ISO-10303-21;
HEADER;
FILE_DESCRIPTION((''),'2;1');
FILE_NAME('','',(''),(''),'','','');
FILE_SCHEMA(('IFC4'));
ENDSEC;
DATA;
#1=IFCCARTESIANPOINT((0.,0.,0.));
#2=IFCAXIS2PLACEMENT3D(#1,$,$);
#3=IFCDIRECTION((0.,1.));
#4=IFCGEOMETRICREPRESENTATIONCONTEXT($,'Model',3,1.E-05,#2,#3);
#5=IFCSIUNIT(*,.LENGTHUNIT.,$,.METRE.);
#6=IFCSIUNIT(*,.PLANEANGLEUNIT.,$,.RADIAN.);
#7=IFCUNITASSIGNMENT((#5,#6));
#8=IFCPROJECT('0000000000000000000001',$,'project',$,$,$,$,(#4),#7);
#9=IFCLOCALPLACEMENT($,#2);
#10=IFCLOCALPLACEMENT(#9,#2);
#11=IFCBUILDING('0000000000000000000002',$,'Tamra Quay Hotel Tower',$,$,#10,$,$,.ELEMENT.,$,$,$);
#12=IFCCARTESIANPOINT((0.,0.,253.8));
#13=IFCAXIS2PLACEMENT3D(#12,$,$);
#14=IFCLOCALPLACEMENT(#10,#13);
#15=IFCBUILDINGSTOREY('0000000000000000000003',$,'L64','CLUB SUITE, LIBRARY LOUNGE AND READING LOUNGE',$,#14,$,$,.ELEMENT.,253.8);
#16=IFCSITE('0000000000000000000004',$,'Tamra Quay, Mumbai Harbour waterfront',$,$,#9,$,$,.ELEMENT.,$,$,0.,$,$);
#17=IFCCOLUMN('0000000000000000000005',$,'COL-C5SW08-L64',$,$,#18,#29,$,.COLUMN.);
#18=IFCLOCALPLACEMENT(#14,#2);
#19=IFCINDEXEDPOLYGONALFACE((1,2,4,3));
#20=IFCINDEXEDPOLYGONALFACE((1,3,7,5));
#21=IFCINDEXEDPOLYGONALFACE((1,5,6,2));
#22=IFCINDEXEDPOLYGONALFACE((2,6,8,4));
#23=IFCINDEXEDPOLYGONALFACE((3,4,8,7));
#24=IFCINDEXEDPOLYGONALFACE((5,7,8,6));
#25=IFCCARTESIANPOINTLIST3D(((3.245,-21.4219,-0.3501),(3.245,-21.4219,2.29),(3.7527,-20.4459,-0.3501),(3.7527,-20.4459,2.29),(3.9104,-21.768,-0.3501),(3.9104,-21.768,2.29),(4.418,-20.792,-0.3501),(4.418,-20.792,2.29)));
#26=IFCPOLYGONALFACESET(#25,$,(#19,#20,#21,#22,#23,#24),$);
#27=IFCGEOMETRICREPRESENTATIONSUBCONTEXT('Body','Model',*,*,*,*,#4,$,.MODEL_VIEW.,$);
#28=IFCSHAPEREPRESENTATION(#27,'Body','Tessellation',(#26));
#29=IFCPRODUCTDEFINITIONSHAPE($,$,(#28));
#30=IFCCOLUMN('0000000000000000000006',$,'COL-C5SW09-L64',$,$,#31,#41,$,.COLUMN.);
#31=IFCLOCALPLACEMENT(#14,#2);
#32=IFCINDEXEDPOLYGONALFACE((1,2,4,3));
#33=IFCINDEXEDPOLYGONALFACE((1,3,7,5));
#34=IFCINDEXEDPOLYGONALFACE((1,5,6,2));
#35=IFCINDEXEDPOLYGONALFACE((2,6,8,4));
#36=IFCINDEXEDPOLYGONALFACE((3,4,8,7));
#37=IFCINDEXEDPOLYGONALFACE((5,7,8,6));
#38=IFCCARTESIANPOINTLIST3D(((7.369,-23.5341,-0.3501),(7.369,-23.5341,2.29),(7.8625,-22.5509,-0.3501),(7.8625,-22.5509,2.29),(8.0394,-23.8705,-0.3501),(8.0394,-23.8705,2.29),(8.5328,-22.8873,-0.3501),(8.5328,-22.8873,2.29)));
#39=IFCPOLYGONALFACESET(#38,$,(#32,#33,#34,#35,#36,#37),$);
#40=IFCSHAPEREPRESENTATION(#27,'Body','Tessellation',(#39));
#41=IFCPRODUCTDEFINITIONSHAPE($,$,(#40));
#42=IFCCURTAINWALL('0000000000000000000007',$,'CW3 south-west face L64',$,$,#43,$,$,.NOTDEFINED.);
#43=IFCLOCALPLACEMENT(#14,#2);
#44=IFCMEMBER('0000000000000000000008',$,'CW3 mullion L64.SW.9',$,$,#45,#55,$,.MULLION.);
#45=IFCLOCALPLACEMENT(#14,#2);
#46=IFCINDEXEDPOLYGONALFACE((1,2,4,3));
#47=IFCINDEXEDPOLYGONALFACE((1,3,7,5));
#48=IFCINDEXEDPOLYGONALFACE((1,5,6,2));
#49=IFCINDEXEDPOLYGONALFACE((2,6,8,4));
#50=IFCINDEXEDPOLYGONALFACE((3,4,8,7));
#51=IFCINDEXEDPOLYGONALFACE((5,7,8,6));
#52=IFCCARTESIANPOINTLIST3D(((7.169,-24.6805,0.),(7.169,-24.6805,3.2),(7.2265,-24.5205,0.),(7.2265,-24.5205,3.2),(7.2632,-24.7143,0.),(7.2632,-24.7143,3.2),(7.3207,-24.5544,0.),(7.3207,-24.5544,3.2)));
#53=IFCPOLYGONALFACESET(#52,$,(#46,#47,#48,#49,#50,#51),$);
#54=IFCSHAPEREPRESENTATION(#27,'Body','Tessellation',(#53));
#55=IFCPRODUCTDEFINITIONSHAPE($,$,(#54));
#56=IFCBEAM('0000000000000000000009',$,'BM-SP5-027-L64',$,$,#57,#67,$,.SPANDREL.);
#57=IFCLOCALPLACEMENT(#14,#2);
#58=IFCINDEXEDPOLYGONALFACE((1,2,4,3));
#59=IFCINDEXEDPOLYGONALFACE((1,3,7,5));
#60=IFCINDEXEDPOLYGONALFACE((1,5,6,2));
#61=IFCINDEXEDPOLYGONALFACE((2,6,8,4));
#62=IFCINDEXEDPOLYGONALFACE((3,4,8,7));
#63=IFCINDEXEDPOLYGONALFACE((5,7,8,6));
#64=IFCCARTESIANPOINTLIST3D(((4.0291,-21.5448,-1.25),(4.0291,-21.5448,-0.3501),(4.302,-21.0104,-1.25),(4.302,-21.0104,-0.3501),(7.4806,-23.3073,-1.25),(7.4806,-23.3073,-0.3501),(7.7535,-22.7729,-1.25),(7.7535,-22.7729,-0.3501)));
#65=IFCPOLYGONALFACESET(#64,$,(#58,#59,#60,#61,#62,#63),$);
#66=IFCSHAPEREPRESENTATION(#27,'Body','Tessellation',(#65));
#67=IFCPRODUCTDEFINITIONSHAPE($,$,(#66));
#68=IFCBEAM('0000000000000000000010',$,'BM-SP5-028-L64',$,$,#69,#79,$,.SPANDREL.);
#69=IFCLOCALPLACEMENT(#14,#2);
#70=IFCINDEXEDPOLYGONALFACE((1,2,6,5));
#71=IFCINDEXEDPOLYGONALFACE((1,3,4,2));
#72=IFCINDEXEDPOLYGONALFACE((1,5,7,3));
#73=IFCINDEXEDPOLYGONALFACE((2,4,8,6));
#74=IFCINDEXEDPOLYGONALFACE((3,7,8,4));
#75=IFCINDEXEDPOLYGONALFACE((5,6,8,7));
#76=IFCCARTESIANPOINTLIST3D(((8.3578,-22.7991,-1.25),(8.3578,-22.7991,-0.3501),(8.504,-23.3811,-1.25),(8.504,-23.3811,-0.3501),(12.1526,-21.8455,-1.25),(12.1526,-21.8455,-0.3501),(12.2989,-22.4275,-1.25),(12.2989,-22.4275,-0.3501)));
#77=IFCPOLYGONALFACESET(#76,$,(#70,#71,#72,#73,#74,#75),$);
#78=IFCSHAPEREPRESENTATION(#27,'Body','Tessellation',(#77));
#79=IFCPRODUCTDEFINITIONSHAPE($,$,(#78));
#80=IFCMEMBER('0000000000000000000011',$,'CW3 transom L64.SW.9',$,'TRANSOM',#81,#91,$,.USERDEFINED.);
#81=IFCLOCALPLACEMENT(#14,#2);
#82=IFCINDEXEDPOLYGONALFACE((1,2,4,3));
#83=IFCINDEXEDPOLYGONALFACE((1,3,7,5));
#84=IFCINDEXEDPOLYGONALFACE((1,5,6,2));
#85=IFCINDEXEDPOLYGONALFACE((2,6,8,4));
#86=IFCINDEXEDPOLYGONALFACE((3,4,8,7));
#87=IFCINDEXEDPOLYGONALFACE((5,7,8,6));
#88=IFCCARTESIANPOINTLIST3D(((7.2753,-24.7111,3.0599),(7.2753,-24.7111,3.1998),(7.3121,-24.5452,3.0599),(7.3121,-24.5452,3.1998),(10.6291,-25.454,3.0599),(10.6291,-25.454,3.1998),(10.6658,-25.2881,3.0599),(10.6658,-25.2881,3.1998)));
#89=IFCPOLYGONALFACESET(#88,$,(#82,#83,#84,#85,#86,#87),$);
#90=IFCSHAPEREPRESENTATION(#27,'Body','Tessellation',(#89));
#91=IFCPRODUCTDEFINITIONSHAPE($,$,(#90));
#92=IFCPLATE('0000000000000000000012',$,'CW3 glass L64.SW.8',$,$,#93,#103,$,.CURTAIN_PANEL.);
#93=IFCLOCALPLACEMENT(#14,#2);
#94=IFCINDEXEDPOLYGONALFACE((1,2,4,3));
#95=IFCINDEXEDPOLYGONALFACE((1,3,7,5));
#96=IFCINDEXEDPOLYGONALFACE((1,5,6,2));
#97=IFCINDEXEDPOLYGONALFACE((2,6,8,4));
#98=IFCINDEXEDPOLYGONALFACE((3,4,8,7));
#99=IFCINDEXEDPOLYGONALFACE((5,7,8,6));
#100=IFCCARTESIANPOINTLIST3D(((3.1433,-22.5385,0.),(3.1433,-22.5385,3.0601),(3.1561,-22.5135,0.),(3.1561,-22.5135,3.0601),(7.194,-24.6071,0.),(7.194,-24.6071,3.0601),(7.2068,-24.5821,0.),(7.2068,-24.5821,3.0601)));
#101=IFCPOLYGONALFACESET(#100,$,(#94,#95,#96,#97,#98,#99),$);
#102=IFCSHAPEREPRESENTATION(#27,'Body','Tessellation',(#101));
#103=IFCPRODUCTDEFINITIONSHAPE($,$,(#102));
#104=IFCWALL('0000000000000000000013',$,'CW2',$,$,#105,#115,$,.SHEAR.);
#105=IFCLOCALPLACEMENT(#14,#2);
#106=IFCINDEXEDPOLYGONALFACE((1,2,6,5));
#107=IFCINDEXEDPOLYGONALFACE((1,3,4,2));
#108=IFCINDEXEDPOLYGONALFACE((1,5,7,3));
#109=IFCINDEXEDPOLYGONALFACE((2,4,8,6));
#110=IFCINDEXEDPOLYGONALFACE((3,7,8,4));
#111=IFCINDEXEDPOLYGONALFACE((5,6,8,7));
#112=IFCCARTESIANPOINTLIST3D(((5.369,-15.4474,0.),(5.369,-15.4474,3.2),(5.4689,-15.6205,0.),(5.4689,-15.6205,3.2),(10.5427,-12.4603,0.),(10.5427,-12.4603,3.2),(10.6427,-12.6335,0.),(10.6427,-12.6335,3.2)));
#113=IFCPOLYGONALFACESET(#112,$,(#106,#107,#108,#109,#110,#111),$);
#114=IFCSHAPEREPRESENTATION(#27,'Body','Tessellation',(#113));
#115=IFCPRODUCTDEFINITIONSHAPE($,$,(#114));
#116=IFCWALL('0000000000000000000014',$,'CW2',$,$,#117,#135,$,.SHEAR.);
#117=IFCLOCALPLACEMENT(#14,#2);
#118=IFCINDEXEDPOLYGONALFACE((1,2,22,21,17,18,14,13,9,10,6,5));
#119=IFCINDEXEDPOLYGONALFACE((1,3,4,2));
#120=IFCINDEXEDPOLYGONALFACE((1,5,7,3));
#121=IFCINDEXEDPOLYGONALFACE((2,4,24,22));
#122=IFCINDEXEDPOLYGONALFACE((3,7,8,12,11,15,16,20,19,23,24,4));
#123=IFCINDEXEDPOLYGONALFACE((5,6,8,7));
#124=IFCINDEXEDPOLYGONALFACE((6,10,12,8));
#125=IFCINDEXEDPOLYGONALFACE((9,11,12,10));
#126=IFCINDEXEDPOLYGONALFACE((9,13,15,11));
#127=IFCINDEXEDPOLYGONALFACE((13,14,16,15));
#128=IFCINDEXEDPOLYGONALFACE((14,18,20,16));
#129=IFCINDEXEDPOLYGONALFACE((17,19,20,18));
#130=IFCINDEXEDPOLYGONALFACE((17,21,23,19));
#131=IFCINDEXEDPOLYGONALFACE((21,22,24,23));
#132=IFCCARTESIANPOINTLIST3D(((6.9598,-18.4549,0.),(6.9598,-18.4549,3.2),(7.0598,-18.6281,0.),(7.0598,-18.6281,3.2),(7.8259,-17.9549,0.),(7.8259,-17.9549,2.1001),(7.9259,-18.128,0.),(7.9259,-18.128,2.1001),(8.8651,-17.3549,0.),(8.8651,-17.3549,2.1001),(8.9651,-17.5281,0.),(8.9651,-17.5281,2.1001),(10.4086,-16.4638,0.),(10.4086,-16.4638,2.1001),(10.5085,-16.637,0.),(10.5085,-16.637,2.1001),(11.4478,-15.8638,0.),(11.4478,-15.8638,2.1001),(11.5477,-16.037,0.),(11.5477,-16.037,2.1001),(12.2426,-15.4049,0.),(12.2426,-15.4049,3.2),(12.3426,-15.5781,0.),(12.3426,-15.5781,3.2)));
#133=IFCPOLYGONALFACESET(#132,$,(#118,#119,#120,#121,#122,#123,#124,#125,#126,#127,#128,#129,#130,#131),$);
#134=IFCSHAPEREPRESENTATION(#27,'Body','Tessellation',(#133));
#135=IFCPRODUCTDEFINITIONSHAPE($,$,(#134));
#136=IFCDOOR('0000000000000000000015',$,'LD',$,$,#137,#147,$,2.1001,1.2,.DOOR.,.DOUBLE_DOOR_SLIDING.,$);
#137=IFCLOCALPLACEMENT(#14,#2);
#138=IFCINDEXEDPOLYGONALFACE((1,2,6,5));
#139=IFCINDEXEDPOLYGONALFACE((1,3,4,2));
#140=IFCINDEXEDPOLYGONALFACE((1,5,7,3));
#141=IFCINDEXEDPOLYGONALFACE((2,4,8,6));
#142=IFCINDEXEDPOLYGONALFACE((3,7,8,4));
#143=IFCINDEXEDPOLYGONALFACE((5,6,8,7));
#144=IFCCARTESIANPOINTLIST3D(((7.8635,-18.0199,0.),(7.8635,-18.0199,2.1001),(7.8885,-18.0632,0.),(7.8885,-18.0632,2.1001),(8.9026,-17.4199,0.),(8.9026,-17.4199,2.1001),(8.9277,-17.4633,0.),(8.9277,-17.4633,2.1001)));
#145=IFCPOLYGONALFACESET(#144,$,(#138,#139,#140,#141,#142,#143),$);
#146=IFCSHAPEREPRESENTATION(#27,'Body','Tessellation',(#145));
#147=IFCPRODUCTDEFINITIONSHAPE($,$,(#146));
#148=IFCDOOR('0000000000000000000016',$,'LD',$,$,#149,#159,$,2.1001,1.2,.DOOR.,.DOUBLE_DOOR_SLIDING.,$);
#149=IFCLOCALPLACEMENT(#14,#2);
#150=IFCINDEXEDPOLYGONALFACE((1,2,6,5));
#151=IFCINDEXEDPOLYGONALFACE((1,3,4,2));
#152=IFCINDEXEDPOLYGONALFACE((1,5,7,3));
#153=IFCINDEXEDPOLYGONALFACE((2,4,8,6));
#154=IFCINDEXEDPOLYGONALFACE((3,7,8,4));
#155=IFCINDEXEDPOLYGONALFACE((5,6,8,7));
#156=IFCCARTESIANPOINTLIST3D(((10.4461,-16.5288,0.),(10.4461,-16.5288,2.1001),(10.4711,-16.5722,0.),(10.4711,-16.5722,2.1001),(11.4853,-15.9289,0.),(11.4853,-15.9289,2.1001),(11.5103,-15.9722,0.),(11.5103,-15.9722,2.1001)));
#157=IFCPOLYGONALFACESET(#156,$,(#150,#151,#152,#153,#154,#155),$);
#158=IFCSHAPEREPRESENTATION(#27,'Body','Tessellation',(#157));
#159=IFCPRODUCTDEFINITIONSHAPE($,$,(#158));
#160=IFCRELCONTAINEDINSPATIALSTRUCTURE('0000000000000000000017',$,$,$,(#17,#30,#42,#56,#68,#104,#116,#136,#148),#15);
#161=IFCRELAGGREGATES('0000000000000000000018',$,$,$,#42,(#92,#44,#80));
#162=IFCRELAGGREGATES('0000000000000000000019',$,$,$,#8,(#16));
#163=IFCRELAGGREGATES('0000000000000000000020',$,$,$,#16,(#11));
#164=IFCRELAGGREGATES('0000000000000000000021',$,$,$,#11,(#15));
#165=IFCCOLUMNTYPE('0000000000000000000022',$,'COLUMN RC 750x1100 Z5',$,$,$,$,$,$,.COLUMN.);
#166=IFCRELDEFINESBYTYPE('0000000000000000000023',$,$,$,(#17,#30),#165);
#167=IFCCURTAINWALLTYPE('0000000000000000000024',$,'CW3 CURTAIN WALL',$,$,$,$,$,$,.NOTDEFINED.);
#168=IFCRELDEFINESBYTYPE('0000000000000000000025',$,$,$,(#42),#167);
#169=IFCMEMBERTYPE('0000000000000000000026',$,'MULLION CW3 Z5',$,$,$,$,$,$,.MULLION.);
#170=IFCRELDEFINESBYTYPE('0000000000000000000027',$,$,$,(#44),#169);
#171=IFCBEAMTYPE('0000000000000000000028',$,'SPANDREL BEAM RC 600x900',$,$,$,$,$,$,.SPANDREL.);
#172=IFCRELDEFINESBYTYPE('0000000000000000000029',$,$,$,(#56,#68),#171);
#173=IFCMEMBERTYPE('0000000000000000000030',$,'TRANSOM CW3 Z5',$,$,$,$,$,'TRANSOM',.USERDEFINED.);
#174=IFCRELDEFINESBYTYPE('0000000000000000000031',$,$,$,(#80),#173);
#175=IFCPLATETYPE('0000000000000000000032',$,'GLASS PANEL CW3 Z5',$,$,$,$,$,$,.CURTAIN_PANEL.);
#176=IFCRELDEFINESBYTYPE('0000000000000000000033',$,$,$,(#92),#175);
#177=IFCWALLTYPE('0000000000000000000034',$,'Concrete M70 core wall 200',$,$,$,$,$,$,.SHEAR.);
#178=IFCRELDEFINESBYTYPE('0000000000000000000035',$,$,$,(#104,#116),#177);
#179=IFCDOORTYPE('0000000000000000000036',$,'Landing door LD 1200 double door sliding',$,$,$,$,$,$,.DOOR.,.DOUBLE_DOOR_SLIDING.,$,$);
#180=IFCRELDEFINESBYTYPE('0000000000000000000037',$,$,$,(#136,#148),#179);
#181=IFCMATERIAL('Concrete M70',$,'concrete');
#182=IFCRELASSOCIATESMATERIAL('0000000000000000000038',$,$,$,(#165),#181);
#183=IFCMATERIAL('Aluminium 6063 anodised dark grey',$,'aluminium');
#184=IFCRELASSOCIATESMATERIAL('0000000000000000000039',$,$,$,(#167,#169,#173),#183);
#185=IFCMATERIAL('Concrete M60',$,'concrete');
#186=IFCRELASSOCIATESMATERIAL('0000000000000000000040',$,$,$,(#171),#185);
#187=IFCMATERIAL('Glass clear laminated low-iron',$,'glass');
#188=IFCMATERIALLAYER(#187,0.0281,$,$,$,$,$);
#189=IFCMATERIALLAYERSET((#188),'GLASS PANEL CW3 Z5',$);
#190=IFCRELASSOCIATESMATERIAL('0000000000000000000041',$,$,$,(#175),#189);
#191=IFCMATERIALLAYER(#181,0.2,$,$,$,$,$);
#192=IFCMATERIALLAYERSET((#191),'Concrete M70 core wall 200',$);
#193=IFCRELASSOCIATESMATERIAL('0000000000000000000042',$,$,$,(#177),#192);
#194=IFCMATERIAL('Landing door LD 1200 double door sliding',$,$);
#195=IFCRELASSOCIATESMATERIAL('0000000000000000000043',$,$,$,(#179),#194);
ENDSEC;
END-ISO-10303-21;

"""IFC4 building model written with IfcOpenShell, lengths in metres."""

from ifc_helpers import new_model, si_unit, direction, frame, frame_2d, origin, origin_2d, place, context, subcontext, project, spatial, rectangle, extrude, material, layer, layer_set, material_profile, profile_set, type_object, element, fill, aggregate, save


model = new_model("IFC4")

# Units and contexts
model_context = context("Model", 3, precision=1e-05, world=origin(), true_north=direction((0.0, 1.0)))
body_context = subcontext(model_context, "Body", "Model", "MODEL_VIEW")
ifc_project = project(units=[si_unit("LENGTHUNIT", "METRE"), si_unit("PLANEANGLEUNIT", "RADIAN")], contexts=[model_context])

# Site, building, storey
site_placement = place(None, origin())
site = spatial("IfcSite", under=ifc_project, at=site_placement, Name="Tamra Quay, Mumbai Harbour waterfront", CompositionType="ELEMENT", RefElevation=0.0)
building_placement = place(site_placement, origin())
building = spatial("IfcBuilding", under=site, at=building_placement, Name="Tamra Quay Hotel Tower", CompositionType="ELEMENT")
storey_placement = place(building_placement, frame((0.0, 0.0, 253.8)))
storey = spatial("IfcBuildingStorey", under=building, at=storey_placement, Name="L64", Description="CLUB SUITE, LIBRARY LOUNGE AND READING LOUNGE", CompositionType="ELEMENT", Elevation=253.8)

# Columns
ifc_material_1 = material(Name="Concrete M70", Category="concrete")
ifc_material_profile_1 = material_profile(ifc_material_1, rectangle(XDim=1.1001, YDim=0.75, at=origin_2d()), Name="COLUMN RC 750x1100 Z5")
ifc_profile_set_1 = profile_set([ifc_material_profile_1], Name="Concrete M70")
column_type = type_object("IfcColumnType", Name="COLUMN RC 750x1100 Z5", PredefinedType="COLUMN", material=ifc_profile_set_1)
for number, where, z_axis, x_axis, name in (
    (1, (3.8315, -21.1069, -0.3501), (0.0, 0.0, 1.0), (0.461448, 0.887167, 0.0), "COL-C5SW08-L64"),
    (2, (7.9509, -23.2107, -0.3501), (0.0, 0.0, 1.0), (0.448553, 0.893756, 0.0), "COL-C5SW09-L64"),
):
    element("IfcColumn", number, at=place(storey_placement, frame(where, z_axis=z_axis, x_axis=x_axis)), inside=storey, type_object=column_type, Name=name, PredefinedType="COLUMN", context=body_context, shape_type="SweptSolid", body=[
        extrude(rectangle(XDim=1.1001, YDim=0.75, at=origin_2d()), origin(), (0.0, 0.0, 1.0), 2.6401),
    ])

# Curtain wall, member
ifc_material_2 = material(Name="Aluminium 6063 anodised dark grey", Category="aluminium")
curtain_wall_type = type_object("IfcCurtainWallType", Name="CW3 CURTAIN WALL", PredefinedType="NOTDEFINED", material=ifc_material_2)
curtain_wall_placement = place(storey_placement, origin())
curtain_wall = element("IfcCurtainWall", 3, at=curtain_wall_placement, inside=storey, type_object=curtain_wall_type, Name="CW3 south-west face L64", PredefinedType="NOTDEFINED")
ifc_material_profile_2 = material_profile(ifc_material_2, rectangle(XDim=0.1699, YDim=0.1001, at=origin_2d()), Name="MULLION 100X170")
ifc_profile_set_2 = profile_set([ifc_material_profile_2], Name="Aluminium 6063 anodised dark grey")
member_type_1 = type_object("IfcMemberType", Name="MULLION CW3 Z5", PredefinedType="MULLION", material=ifc_profile_set_2)
member_1_placement = place(storey_placement, frame((7.2449, -24.6174, 0.0), z_axis=(0.0, 0.0, 1.0), x_axis=(-0.338259, -0.941053, 0.0)))
member_1 = element("IfcMember", 4, at=member_1_placement, type_object=member_type_1, Name="CW3 mullion L64.SW.9", PredefinedType="MULLION", context=body_context, shape_type="SweptSolid", body=[
    extrude(rectangle(XDim=0.1699, YDim=0.1001, at=origin_2d()), origin(), (0.0, 0.0, 1.0), 3.2),
])

# Beams
ifc_material_3 = material(Name="Concrete M60", Category="concrete")
ifc_material_profile_3 = material_profile(ifc_material_3, rectangle(XDim=0.6001, YDim=0.8999, at=origin_2d()), Name="SPANDREL BEAM RC 600x900")
ifc_profile_set_3 = profile_set([ifc_material_profile_3], Name="Concrete M60")
beam_type = type_object("IfcBeamType", Name="SPANDREL BEAM RC 600x900", PredefinedType="SPANDREL", material=ifc_profile_set_3)
beam_1_placement = place(storey_placement, frame((4.1655, -21.2776, -0.8), z_axis=(0.890603, -0.454782, 0.0), x_axis=(0.454782, 0.890603, 0.0)))
element("IfcBeam", 5, at=beam_1_placement, inside=storey, type_object=beam_type, Name="BM-SP5-027-L64", PredefinedType="SPANDREL", context=body_context, shape_type="SweptSolid", body=[
    extrude(rectangle(XDim=0.6001, YDim=0.8999, at=origin_2d()), origin(), (0.0, 0.0, 1.0), 3.8755),
])
beam_2_placement = place(storey_placement, frame((8.4309, -23.0901, -0.8), z_axis=(0.969848, 0.24371, 0.0), x_axis=(-0.24371, 0.969848, 0.0)))
element("IfcBeam", 6, at=beam_2_placement, inside=storey, type_object=beam_type, Name="BM-SP5-028-L64", PredefinedType="SPANDREL", context=body_context, shape_type="SweptSolid", body=[
    extrude(rectangle(XDim=0.6001, YDim=0.8999, at=origin_2d()), origin(), (0.0, 0.0, 1.0), 3.9128),
])

# Member
ifc_material_profile_4 = material_profile(ifc_material_2, rectangle(XDim=0.1699, YDim=0.1399, at=origin_2d()), Name="TRANSOM 170X140")
ifc_profile_set_4 = profile_set([ifc_material_profile_4], Name="Aluminium 6063 anodised dark grey")
member_type_2 = type_object("IfcMemberType", Name="TRANSOM CW3 Z5", ElementType="TRANSOM", PredefinedType="USERDEFINED", material=ifc_profile_set_4)
member_2_placement = place(storey_placement, frame((7.2937, -24.6282, 3.1299), z_axis=(0.976332, -0.216276, 0.0), x_axis=(0.216276, 0.976332, 0.0)))
member_2 = element("IfcMember", 7, at=member_2_placement, type_object=member_type_2, Name="CW3 transom L64.SW.9", ObjectType="TRANSOM", PredefinedType="USERDEFINED", context=body_context, shape_type="SweptSolid", body=[
    extrude(rectangle(XDim=0.1699, YDim=0.1399, at=origin_2d()), origin(), (0.0, 0.0, 1.0), 3.4351),
])

# Plate
ifc_material_4 = material(Name="Glass clear laminated low-iron", Category="glass")
ifc_layer_1 = layer(ifc_material_4, 0.0281)
ifc_layer_set_1 = layer_set([ifc_layer_1], Name="GLASS PANEL CW3 Z5")
plate_type = type_object("IfcPlateType", Name="GLASS PANEL CW3 Z5", PredefinedType="CURTAIN_PANEL", material=ifc_layer_set_1)
plate_placement = place(storey_placement, frame((5.175, -23.5603, 0.0), z_axis=(0.0, 0.0, 1.0), x_axis=(0.890582, -0.454822, 0.0)))
plate = element("IfcPlate", 8, at=plate_placement, type_object=plate_type, Name="CW3 glass L64.SW.8", PredefinedType="CURTAIN_PANEL", context=body_context, shape_type="SweptSolid", body=[
    extrude(rectangle(XDim=4.5483, YDim=0.0281, at=origin_2d()), origin(), (0.0, 0.0, 1.0), 3.0601),
])
aggregate(curtain_wall, [plate, member_1, member_2])

# Wall
ifc_layer_2 = layer(ifc_material_1, 0.2)
ifc_layer_set_2 = layer_set([ifc_layer_2], Name="Concrete M70 core wall 200")
wall_type_1 = type_object("IfcWallType", Name="Concrete M70 core wall 200", PredefinedType="SHEAR", material=ifc_layer_set_2)
wall_1_placement = place(storey_placement, frame((5.4189, -15.5339, 0.0), z_axis=(0.0, 0.0, 1.0), x_axis=(0.866029, 0.499994, 0.0)))
element("IfcWall", 9, at=wall_1_placement, inside=storey, type_object=wall_type_1, Name="CW2", PredefinedType="SHEAR", context=body_context, shape_type="SweptSolid", body=[
    extrude(rectangle(XDim=5.9741, YDim=0.2, at=frame_2d((2.9871, 0.0))), origin(), (0.0, 0.0, 1.0), 3.2),
])

# Wall, openings, doors
wall_2_placement = place(storey_placement, frame((7.0098, -18.5415, 0.0), z_axis=(0.0, 0.0, 1.0), x_axis=(0.86603, 0.499992, 0.0)))
wall_2 = element("IfcWall", 10, at=wall_2_placement, inside=storey, type_object=wall_type_1, Name="CW2", PredefinedType="SHEAR", context=body_context, shape_type="SweptSolid", body=[
    extrude(rectangle(XDim=6.1001, YDim=0.2, at=frame_2d((3.05, 0.0))), origin(), (0.0, 0.0, 1.0), 3.2),
])
opening_1_placement = place(wall_2_placement, frame((1.0, 0.0, 0.0)))
opening_1 = element("IfcOpeningElement", 11, at=opening_1_placement, cuts=wall_2, PredefinedType="OPENING", context=body_context, shape_type="SweptSolid", body=[
    extrude(rectangle(XDim=1.2, YDim=2.1001, at=frame_2d((0.6001, 1.05))), frame((0.0, 0.1099, 0.0), z_axis=(0.0, -1.0, 0.0), x_axis=(1.0, 0.0, 0.0)), (0.0, 0.0, 1.0), 0.22),
])
opening_2_placement = place(wall_2_placement, frame((3.9822, 0.0, 0.0)))
opening_2 = element("IfcOpeningElement", 12, at=opening_2_placement, cuts=wall_2, PredefinedType="OPENING", context=body_context, shape_type="SweptSolid", body=[
    extrude(rectangle(XDim=1.2, YDim=2.1001, at=frame_2d((0.6001, 1.05))), frame((0.0, 0.1099, 0.0), z_axis=(0.0, -1.0, 0.0), x_axis=(1.0, 0.0, 0.0)), (0.0, 0.0, 1.0), 0.22),
])
ifc_material_5 = material(Name="Landing door LD 1200 double door sliding")
door_type_1 = type_object("IfcDoorType", Name="Landing door LD 1200 double door sliding", OperationType="DOUBLE_DOOR_SLIDING", PredefinedType="DOOR", material=ifc_material_5)
door_1_placement = place(opening_1_placement, origin())
door_1 = element("IfcDoor", 13, at=door_1_placement, inside=storey, type_object=door_type_1, Name="LD", OperationType="DOUBLE_DOOR_SLIDING", OverallHeight=2.1001, OverallWidth=1.2, PredefinedType="DOOR", context=body_context, shape_type="SweptSolid", body=[
    extrude(rectangle(XDim=1.2, YDim=2.1001, at=frame_2d((0.6001, 1.05))), frame((0.0, 0.0249, 0.0), z_axis=(0.0, -1.0, 0.0), x_axis=(1.0, 0.0, 0.0)), (0.0, 0.0, 1.0), 0.05),
])
fill(opening_1, door_1)
door_2_placement = place(opening_2_placement, origin())
door_2 = element("IfcDoor", 14, at=door_2_placement, inside=storey, type_object=door_type_1, Name="LD", OperationType="DOUBLE_DOOR_SLIDING", OverallHeight=2.1001, OverallWidth=1.2, PredefinedType="DOOR", context=body_context, shape_type="SweptSolid", body=[
    extrude(rectangle(XDim=1.2, YDim=2.1001, at=frame_2d((0.6001, 1.05))), frame((0.0, 0.0249, 0.0), z_axis=(0.0, -1.0, 0.0), x_axis=(1.0, 0.0, 0.0)), (0.0, 0.0, 1.0), 0.05),
])
fill(opening_2, door_2)

save(model, "model.ifc")
